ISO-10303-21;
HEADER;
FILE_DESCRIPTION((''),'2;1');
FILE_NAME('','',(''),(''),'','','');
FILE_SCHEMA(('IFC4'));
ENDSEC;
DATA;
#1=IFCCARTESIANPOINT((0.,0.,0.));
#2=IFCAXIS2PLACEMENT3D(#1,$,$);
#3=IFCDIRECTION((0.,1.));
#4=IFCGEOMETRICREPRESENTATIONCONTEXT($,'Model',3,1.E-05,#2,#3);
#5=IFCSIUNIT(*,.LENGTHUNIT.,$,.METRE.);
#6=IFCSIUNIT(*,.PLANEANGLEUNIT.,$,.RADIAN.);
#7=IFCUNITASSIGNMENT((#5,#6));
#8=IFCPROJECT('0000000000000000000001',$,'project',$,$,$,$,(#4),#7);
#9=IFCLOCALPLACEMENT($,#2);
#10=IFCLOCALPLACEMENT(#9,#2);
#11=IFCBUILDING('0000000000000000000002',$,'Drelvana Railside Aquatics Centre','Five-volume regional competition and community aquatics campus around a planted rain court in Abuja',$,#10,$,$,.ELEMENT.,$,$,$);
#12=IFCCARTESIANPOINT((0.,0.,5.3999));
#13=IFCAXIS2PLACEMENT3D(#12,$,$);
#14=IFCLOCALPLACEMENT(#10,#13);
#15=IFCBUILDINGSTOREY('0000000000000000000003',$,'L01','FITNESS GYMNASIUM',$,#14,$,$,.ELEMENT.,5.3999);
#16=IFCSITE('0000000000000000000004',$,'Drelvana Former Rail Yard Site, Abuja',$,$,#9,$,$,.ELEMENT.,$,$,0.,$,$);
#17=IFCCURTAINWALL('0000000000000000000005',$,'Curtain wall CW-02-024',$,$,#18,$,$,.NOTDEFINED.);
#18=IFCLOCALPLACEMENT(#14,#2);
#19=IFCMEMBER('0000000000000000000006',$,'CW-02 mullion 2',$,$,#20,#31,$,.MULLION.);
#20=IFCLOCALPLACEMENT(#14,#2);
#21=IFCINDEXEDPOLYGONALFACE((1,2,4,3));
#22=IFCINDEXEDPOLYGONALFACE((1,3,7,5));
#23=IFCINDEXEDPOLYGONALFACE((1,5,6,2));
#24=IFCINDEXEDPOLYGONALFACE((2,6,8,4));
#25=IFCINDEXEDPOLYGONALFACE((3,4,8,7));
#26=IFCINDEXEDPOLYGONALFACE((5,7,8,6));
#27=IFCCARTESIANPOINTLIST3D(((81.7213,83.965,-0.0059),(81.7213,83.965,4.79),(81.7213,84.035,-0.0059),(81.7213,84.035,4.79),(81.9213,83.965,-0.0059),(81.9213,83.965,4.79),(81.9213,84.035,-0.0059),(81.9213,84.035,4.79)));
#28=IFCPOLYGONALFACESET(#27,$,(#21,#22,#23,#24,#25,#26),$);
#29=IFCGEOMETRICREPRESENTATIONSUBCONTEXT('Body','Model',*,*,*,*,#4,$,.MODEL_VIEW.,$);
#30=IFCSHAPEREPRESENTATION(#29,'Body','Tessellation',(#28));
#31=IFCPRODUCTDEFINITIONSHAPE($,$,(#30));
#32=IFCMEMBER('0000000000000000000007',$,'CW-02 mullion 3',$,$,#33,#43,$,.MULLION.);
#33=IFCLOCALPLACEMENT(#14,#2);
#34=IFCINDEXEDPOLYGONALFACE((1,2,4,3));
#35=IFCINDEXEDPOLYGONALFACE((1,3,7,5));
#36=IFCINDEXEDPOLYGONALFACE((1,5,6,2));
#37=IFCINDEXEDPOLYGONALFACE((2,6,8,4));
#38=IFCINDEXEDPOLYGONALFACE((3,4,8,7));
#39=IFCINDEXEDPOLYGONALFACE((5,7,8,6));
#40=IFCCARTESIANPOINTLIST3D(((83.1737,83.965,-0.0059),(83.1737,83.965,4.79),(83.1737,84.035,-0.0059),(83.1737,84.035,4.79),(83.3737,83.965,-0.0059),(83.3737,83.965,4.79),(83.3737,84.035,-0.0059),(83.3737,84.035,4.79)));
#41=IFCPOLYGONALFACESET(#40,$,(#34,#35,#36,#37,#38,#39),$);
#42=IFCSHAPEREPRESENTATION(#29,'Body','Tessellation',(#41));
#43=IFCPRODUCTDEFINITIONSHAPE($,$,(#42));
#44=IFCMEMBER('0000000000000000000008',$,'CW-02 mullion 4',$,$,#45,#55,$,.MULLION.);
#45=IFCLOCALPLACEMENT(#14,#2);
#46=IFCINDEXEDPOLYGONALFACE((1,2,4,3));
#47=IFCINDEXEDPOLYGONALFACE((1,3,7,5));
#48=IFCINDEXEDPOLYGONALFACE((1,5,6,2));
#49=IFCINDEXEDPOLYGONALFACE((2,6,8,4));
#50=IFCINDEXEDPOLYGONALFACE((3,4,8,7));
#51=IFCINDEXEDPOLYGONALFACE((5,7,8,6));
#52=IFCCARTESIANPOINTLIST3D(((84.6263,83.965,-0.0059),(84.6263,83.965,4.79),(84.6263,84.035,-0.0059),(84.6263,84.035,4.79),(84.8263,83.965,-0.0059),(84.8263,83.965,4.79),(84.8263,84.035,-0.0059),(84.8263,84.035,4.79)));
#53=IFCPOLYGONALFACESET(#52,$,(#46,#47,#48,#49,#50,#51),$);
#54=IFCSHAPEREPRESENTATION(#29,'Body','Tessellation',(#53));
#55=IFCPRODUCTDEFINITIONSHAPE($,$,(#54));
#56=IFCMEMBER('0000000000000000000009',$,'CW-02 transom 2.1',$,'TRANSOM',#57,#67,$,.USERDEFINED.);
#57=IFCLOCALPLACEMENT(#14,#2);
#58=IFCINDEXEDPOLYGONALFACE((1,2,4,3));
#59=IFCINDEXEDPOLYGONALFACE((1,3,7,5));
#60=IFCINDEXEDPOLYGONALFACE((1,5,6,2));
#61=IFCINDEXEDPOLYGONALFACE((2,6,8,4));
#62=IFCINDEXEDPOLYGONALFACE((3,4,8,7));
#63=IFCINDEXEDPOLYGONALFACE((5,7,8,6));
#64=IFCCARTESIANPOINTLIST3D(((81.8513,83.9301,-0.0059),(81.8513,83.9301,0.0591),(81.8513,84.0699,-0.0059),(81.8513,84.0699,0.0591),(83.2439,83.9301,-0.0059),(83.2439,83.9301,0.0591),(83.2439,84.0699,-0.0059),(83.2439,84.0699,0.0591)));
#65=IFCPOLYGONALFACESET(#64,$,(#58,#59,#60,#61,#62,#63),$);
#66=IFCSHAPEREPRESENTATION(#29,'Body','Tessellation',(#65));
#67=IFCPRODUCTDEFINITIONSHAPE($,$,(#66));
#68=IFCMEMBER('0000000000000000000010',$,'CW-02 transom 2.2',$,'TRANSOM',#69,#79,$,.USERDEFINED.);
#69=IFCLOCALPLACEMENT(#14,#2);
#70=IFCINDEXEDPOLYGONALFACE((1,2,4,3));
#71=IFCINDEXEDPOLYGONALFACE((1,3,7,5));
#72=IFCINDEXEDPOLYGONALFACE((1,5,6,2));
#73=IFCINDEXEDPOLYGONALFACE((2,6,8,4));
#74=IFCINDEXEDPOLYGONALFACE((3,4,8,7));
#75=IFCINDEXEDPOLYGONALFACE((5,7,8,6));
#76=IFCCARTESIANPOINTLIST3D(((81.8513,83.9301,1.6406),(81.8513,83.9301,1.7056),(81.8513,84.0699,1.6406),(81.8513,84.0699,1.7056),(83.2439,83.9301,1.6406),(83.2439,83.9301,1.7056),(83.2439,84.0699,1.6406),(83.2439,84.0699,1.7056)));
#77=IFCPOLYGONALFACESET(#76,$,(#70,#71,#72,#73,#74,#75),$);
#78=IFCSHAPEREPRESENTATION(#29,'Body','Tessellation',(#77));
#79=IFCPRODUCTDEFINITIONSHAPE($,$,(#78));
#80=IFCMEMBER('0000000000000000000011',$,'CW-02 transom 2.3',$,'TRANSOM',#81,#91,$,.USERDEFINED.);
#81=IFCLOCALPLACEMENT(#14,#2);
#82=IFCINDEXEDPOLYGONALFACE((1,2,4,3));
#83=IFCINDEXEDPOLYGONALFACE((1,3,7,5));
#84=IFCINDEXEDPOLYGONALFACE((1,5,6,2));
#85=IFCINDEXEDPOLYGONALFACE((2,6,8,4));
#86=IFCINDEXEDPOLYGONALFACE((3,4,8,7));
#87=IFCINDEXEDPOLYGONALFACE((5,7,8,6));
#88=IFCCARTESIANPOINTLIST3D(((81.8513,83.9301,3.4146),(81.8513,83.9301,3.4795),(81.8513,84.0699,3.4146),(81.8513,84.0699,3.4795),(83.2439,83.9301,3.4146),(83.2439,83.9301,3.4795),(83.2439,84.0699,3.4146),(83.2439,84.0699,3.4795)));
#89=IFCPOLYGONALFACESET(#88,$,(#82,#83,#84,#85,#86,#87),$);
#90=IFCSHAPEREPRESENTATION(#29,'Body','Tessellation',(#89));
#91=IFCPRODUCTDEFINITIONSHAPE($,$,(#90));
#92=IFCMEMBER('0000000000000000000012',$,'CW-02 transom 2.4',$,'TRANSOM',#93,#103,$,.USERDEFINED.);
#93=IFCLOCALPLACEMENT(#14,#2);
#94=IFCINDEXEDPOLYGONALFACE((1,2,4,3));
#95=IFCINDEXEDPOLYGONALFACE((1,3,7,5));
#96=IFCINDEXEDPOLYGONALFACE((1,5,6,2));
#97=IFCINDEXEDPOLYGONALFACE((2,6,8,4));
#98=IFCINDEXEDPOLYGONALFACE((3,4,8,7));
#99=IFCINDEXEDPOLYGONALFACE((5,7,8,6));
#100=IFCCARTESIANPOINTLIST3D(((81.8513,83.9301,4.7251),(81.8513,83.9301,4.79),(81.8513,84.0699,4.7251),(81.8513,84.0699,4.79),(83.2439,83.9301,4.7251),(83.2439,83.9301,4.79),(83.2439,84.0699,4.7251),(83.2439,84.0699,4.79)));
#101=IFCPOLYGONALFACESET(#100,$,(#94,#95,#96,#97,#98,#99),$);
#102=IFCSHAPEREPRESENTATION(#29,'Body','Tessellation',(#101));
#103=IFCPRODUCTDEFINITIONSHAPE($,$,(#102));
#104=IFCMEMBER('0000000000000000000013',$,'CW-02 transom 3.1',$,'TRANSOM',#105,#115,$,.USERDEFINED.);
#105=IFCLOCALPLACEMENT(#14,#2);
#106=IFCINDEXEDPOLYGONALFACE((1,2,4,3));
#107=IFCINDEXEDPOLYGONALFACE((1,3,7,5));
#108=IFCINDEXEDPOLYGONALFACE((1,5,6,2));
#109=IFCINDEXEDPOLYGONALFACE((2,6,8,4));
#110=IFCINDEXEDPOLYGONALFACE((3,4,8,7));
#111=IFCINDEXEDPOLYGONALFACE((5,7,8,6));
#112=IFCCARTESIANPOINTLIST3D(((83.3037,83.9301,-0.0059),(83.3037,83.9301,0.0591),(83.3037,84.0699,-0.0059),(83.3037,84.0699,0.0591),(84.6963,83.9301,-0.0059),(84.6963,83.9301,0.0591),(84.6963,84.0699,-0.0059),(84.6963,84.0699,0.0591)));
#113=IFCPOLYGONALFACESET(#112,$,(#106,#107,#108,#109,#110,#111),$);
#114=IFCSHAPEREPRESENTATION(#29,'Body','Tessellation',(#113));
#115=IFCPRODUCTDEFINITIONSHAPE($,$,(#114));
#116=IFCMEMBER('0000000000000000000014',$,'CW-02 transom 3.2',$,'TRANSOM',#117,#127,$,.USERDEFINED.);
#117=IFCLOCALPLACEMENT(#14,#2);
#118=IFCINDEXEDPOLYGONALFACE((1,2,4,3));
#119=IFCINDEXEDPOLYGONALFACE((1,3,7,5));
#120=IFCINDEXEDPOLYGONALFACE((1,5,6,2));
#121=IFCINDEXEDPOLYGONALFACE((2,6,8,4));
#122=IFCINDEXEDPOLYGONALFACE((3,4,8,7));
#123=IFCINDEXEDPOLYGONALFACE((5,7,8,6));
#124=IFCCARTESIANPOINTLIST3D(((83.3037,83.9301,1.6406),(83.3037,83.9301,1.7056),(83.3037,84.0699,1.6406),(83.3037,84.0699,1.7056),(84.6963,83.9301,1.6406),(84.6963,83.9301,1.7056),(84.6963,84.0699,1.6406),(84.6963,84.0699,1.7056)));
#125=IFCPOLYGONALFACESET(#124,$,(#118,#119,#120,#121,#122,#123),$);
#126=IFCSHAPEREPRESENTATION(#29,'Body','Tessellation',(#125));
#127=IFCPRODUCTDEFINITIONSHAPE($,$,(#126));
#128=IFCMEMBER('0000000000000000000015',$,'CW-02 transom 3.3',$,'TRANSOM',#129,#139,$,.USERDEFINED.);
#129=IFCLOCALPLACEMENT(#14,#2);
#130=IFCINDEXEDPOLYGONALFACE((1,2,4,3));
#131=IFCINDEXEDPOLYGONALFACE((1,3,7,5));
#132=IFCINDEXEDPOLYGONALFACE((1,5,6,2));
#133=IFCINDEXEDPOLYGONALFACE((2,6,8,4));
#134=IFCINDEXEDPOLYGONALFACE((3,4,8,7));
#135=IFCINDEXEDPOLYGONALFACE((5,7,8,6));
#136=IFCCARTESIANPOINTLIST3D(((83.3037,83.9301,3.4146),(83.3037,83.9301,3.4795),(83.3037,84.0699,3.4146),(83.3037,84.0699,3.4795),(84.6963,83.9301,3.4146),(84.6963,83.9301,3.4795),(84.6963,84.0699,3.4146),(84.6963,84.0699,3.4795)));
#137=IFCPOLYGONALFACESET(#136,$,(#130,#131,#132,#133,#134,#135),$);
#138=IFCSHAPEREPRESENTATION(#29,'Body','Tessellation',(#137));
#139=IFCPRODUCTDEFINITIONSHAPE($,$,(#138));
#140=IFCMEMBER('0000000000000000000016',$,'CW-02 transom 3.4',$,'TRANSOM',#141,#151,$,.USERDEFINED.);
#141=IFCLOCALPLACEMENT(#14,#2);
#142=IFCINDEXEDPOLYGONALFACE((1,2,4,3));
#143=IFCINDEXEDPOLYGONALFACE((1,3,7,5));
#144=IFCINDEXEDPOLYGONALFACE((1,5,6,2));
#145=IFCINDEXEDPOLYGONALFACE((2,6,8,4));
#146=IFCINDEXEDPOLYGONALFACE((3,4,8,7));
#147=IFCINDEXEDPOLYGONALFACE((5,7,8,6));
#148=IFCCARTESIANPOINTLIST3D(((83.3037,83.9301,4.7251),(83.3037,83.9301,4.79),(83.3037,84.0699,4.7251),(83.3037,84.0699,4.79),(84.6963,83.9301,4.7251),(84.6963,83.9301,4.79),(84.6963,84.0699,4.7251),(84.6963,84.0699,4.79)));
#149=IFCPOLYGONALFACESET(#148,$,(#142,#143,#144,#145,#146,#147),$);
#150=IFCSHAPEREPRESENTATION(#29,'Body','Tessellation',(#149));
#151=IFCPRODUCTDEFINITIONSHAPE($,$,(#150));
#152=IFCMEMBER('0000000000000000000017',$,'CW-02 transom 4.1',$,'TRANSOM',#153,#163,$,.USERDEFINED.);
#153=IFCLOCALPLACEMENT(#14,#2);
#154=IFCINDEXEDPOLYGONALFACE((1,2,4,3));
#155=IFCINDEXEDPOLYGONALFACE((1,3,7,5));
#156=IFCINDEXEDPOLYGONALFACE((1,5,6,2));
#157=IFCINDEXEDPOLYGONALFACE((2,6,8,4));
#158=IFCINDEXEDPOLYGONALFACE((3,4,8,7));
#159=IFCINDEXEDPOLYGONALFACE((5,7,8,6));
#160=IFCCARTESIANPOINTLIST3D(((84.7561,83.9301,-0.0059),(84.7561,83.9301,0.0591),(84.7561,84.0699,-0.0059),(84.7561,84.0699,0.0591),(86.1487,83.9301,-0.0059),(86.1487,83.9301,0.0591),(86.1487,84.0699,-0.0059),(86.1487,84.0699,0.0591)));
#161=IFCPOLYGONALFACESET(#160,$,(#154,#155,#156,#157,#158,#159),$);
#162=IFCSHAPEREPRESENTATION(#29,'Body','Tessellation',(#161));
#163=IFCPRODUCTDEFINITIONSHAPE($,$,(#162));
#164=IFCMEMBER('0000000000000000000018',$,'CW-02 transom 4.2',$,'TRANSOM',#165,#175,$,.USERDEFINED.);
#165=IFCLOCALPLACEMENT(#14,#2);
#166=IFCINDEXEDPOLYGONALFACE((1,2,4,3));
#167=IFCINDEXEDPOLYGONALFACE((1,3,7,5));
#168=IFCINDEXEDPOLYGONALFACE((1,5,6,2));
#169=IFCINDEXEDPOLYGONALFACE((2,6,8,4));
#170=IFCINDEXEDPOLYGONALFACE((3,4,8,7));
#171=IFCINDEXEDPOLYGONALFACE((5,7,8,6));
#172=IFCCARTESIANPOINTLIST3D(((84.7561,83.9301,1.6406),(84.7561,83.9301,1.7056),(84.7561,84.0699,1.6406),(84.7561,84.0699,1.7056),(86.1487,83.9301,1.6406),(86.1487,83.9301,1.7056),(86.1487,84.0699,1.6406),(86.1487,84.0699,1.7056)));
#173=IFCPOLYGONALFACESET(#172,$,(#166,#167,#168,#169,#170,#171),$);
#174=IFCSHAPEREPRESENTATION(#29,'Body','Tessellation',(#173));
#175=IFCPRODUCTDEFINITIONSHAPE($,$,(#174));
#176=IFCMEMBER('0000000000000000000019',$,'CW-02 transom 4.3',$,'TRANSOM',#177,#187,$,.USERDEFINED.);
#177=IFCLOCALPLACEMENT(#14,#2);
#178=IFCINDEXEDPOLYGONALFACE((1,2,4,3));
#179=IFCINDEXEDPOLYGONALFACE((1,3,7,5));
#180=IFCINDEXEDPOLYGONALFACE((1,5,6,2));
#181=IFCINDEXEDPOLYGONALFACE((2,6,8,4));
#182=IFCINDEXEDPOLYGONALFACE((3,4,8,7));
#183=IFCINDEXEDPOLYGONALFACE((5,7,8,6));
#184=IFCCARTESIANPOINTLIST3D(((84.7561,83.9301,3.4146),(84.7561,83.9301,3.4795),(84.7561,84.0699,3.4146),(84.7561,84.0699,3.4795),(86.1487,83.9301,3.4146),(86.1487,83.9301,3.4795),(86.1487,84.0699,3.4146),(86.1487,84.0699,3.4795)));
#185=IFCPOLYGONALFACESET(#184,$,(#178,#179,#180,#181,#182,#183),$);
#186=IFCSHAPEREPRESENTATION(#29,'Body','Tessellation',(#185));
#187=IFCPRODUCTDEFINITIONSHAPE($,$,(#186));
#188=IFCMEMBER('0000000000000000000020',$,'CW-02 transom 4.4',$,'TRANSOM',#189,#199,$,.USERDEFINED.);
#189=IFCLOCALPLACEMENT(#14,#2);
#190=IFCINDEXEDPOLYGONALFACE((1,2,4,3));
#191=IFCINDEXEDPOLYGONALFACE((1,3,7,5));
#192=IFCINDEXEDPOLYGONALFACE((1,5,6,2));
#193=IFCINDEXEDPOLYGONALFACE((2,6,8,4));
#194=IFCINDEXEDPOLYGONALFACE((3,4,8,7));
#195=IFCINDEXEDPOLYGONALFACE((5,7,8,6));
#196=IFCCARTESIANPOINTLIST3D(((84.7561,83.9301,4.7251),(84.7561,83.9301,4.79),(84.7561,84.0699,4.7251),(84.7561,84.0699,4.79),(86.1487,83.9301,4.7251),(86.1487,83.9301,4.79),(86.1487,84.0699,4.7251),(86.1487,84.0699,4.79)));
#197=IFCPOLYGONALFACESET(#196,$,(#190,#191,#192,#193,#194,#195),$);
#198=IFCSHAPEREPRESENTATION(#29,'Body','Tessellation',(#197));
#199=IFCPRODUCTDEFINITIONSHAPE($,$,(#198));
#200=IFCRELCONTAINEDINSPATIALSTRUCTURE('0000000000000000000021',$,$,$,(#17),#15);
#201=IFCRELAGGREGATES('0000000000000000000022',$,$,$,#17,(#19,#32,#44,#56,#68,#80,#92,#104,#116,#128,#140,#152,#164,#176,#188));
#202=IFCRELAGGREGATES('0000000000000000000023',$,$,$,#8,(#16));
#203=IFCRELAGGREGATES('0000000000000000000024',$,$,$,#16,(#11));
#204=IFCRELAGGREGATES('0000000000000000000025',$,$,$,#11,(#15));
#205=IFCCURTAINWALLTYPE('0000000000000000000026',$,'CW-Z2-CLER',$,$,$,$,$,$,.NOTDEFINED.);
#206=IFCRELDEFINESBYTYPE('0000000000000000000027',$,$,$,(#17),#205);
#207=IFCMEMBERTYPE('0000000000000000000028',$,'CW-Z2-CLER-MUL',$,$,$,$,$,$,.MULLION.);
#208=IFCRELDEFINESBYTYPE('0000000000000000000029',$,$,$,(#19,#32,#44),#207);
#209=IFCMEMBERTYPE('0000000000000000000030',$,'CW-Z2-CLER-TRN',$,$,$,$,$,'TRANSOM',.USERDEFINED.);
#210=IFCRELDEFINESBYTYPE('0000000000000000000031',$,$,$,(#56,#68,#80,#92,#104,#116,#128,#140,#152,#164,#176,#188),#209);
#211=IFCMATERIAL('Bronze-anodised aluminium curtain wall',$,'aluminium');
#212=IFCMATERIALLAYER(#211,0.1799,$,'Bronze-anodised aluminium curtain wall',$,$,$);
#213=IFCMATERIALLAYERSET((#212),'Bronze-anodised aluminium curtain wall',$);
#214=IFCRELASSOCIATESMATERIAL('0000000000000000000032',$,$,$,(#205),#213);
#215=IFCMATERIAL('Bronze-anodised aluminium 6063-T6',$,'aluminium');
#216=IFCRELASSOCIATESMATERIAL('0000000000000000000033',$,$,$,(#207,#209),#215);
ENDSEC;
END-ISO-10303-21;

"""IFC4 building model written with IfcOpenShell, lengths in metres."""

from ifc_helpers import new_model, si_unit, direction, frame, origin, origin_2d, place, context, subcontext, project, spatial, rectangle, extrude, material, layer, layer_set, material_profile, profile_set, type_object, element, aggregate, save


model = new_model("IFC4")

# Units and contexts
model_context = context("Model", 3, precision=1e-05, world=origin(), true_north=direction((0.0, 1.0)))
body_context = subcontext(model_context, "Body", "Model", "MODEL_VIEW")
ifc_project = project(units=[si_unit("LENGTHUNIT", "METRE"), si_unit("PLANEANGLEUNIT", "RADIAN")], contexts=[model_context])

# Site, building, storey
site_placement = place(None, origin())
site = spatial("IfcSite", under=ifc_project, at=site_placement, Name="Drelvana Former Rail Yard Site, Abuja", CompositionType="ELEMENT", RefElevation=0.0)
building_placement = place(site_placement, origin())
building = spatial("IfcBuilding", under=site, at=building_placement, Name="Drelvana Railside Aquatics Centre", Description="Five-volume regional competition and community aquatics campus around a planted rain court in Abuja", CompositionType="ELEMENT")
storey_placement = place(building_placement, frame((0.0, 0.0, 5.3999)))
storey = spatial("IfcBuildingStorey", under=building, at=storey_placement, Name="L01", Description="FITNESS GYMNASIUM", CompositionType="ELEMENT", Elevation=5.3999)

# Curtain wall, members
ifc_material_1 = material(Name="Bronze-anodised aluminium curtain wall", Category="aluminium")
ifc_layer_1 = layer(ifc_material_1, 0.1799, Name="Bronze-anodised aluminium curtain wall")
ifc_layer_set_1 = layer_set([ifc_layer_1], Name="Bronze-anodised aluminium curtain wall")
curtain_wall_type = type_object("IfcCurtainWallType", Name="CW-Z2-CLER", PredefinedType="NOTDEFINED", material=ifc_layer_set_1)
curtain_wall_placement = place(storey_placement, origin())
curtain_wall = element("IfcCurtainWall", 1, at=curtain_wall_placement, inside=storey, type_object=curtain_wall_type, Name="Curtain wall CW-02-024", PredefinedType="NOTDEFINED")
ifc_material_2 = material(Name="Bronze-anodised aluminium 6063-T6", Category="aluminium")
ifc_material_profile_1 = material_profile(ifc_material_2, rectangle(XDim=0.0701, YDim=0.2, at=origin_2d()), Name="ALU-M 70x200")
ifc_profile_set_1 = profile_set([ifc_material_profile_1], Name="Bronze-anodised aluminium 6063-T6")
member_type_1 = type_object("IfcMemberType", Name="CW-Z2-CLER-MUL", PredefinedType="MULLION", material=ifc_profile_set_1)
member_1_placement = place(storey_placement, frame((81.8213, 84.0, -0.0059), z_axis=(0.0, 0.0, 1.0), x_axis=(0.0, 1.0, 0.0)))
member_1 = element("IfcMember", 2, at=member_1_placement, type_object=member_type_1, Name="CW-02 mullion 2", PredefinedType="MULLION", context=body_context, shape_type="SweptSolid", body=[
    extrude(rectangle(XDim=0.0701, YDim=0.2, at=origin_2d()), origin(), (0.0, 0.0, 1.0), 4.7959),
])
member_2_placement = place(storey_placement, frame((83.2737, 84.0, -0.0059), z_axis=(0.0, 0.0, 1.0), x_axis=(0.0, 1.0, 0.0)))
member_2 = element("IfcMember", 3, at=member_2_placement, type_object=member_type_1, Name="CW-02 mullion 3", PredefinedType="MULLION", context=body_context, shape_type="SweptSolid", body=[
    extrude(rectangle(XDim=0.0701, YDim=0.2, at=origin_2d()), origin(), (0.0, 0.0, 1.0), 4.7959),
])
member_3_placement = place(storey_placement, frame((84.7263, 84.0, -0.0059), z_axis=(0.0, 0.0, 1.0), x_axis=(0.0, 1.0, 0.0)))
member_3 = element("IfcMember", 4, at=member_3_placement, type_object=member_type_1, Name="CW-02 mullion 4", PredefinedType="MULLION", context=body_context, shape_type="SweptSolid", body=[
    extrude(rectangle(XDim=0.0701, YDim=0.2, at=origin_2d()), origin(), (0.0, 0.0, 1.0), 4.7959),
])
ifc_material_profile_2 = material_profile(ifc_material_2, rectangle(XDim=0.1399, YDim=0.0649, at=origin_2d()), Name="ALU-T 65x140")
ifc_profile_set_2 = profile_set([ifc_material_profile_2], Name="Bronze-anodised aluminium 6063-T6")
member_type_2 = type_object("IfcMemberType", Name="CW-Z2-CLER-TRN", ElementType="TRANSOM", PredefinedType="USERDEFINED", material=ifc_profile_set_2)
member_4_placement = place(storey_placement, frame((81.8513, 84.0, 0.0266), z_axis=(1.0, 0.0, 0.0), x_axis=(0.0, 1.0, 0.0)))
member_4 = element("IfcMember", 5, at=member_4_placement, type_object=member_type_2, Name="CW-02 transom 2.1", ObjectType="TRANSOM", PredefinedType="USERDEFINED", context=body_context, shape_type="SweptSolid", body=[
    extrude(rectangle(XDim=0.1399, YDim=0.0649, at=origin_2d()), origin(), (0.0, 0.0, 1.0), 1.3926),
])
member_5_placement = place(storey_placement, frame((81.8513, 84.0, 1.6731), z_axis=(1.0, 0.0, 0.0), x_axis=(0.0, 1.0, 0.0)))
member_5 = element("IfcMember", 6, at=member_5_placement, type_object=member_type_2, Name="CW-02 transom 2.2", ObjectType="TRANSOM", PredefinedType="USERDEFINED", context=body_context, shape_type="SweptSolid", body=[
    extrude(rectangle(XDim=0.1399, YDim=0.0649, at=origin_2d()), origin(), (0.0, 0.0, 1.0), 1.3926),
])
member_6_placement = place(storey_placement, frame((81.8513, 84.0, 3.447), z_axis=(1.0, 0.0, 0.0), x_axis=(0.0, 1.0, 0.0)))
member_6 = element("IfcMember", 7, at=member_6_placement, type_object=member_type_2, Name="CW-02 transom 2.3", ObjectType="TRANSOM", PredefinedType="USERDEFINED", context=body_context, shape_type="SweptSolid", body=[
    extrude(rectangle(XDim=0.1399, YDim=0.0649, at=origin_2d()), origin(), (0.0, 0.0, 1.0), 1.3926),
])
member_7_placement = place(storey_placement, frame((81.8513, 84.0, 4.7576), z_axis=(1.0, 0.0, 0.0), x_axis=(0.0, 1.0, 0.0)))
member_7 = element("IfcMember", 8, at=member_7_placement, type_object=member_type_2, Name="CW-02 transom 2.4", ObjectType="TRANSOM", PredefinedType="USERDEFINED", context=body_context, shape_type="SweptSolid", body=[
    extrude(rectangle(XDim=0.1399, YDim=0.0649, at=origin_2d()), origin(), (0.0, 0.0, 1.0), 1.3926),
])
member_8_placement = place(storey_placement, frame((83.3037, 84.0, 0.0266), z_axis=(1.0, 0.0, 0.0), x_axis=(0.0, 1.0, 0.0)))
member_8 = element("IfcMember", 9, at=member_8_placement, type_object=member_type_2, Name="CW-02 transom 3.1", ObjectType="TRANSOM", PredefinedType="USERDEFINED", context=body_context, shape_type="SweptSolid", body=[
    extrude(rectangle(XDim=0.1399, YDim=0.0649, at=origin_2d()), origin(), (0.0, 0.0, 1.0), 1.3926),
])
member_9_placement = place(storey_placement, frame((83.3037, 84.0, 1.6731), z_axis=(1.0, 0.0, 0.0), x_axis=(0.0, 1.0, 0.0)))
member_9 = element("IfcMember", 10, at=member_9_placement, type_object=member_type_2, Name="CW-02 transom 3.2", ObjectType="TRANSOM", PredefinedType="USERDEFINED", context=body_context, shape_type="SweptSolid", body=[
    extrude(rectangle(XDim=0.1399, YDim=0.0649, at=origin_2d()), origin(), (0.0, 0.0, 1.0), 1.3926),
])
member_10_placement = place(storey_placement, frame((83.3037, 84.0, 3.447), z_axis=(1.0, 0.0, 0.0), x_axis=(0.0, 1.0, 0.0)))
member_10 = element("IfcMember", 11, at=member_10_placement, type_object=member_type_2, Name="CW-02 transom 3.3", ObjectType="TRANSOM", PredefinedType="USERDEFINED", context=body_context, shape_type="SweptSolid", body=[
    extrude(rectangle(XDim=0.1399, YDim=0.0649, at=origin_2d()), origin(), (0.0, 0.0, 1.0), 1.3926),
])
member_11_placement = place(storey_placement, frame((83.3037, 84.0, 4.7576), z_axis=(1.0, 0.0, 0.0), x_axis=(0.0, 1.0, 0.0)))
member_11 = element("IfcMember", 12, at=member_11_placement, type_object=member_type_2, Name="CW-02 transom 3.4", ObjectType="TRANSOM", PredefinedType="USERDEFINED", context=body_context, shape_type="SweptSolid", body=[
    extrude(rectangle(XDim=0.1399, YDim=0.0649, at=origin_2d()), origin(), (0.0, 0.0, 1.0), 1.3926),
])
member_12_placement = place(storey_placement, frame((84.7561, 84.0, 0.0266), z_axis=(1.0, 0.0, 0.0), x_axis=(0.0, 1.0, 0.0)))
member_12 = element("IfcMember", 13, at=member_12_placement, type_object=member_type_2, Name="CW-02 transom 4.1", ObjectType="TRANSOM", PredefinedType="USERDEFINED", context=body_context, shape_type="SweptSolid", body=[
    extrude(rectangle(XDim=0.1399, YDim=0.0649, at=origin_2d()), origin(), (0.0, 0.0, 1.0), 1.3926),
])
member_13_placement = place(storey_placement, frame((84.7561, 84.0, 1.6731), z_axis=(1.0, 0.0, 0.0), x_axis=(0.0, 1.0, 0.0)))
member_13 = element("IfcMember", 14, at=member_13_placement, type_object=member_type_2, Name="CW-02 transom 4.2", ObjectType="TRANSOM", PredefinedType="USERDEFINED", context=body_context, shape_type="SweptSolid", body=[
    extrude(rectangle(XDim=0.1399, YDim=0.0649, at=origin_2d()), origin(), (0.0, 0.0, 1.0), 1.3926),
])
member_14_placement = place(storey_placement, frame((84.7561, 84.0, 3.447), z_axis=(1.0, 0.0, 0.0), x_axis=(0.0, 1.0, 0.0)))
member_14 = element("IfcMember", 15, at=member_14_placement, type_object=member_type_2, Name="CW-02 transom 4.3", ObjectType="TRANSOM", PredefinedType="USERDEFINED", context=body_context, shape_type="SweptSolid", body=[
    extrude(rectangle(XDim=0.1399, YDim=0.0649, at=origin_2d()), origin(), (0.0, 0.0, 1.0), 1.3926),
])
member_15_placement = place(storey_placement, frame((84.7561, 84.0, 4.7576), z_axis=(1.0, 0.0, 0.0), x_axis=(0.0, 1.0, 0.0)))
member_15 = element("IfcMember", 16, at=member_15_placement, type_object=member_type_2, Name="CW-02 transom 4.4", ObjectType="TRANSOM", PredefinedType="USERDEFINED", context=body_context, shape_type="SweptSolid", body=[
    extrude(rectangle(XDim=0.1399, YDim=0.0649, at=origin_2d()), origin(), (0.0, 0.0, 1.0), 1.3926),
])
aggregate(curtain_wall, [member_1, member_2, member_3, member_4, member_5, member_6, member_7, member_8, member_9, member_10, member_11, member_12, member_13, member_14, member_15])

save(model, "model.ifc")
